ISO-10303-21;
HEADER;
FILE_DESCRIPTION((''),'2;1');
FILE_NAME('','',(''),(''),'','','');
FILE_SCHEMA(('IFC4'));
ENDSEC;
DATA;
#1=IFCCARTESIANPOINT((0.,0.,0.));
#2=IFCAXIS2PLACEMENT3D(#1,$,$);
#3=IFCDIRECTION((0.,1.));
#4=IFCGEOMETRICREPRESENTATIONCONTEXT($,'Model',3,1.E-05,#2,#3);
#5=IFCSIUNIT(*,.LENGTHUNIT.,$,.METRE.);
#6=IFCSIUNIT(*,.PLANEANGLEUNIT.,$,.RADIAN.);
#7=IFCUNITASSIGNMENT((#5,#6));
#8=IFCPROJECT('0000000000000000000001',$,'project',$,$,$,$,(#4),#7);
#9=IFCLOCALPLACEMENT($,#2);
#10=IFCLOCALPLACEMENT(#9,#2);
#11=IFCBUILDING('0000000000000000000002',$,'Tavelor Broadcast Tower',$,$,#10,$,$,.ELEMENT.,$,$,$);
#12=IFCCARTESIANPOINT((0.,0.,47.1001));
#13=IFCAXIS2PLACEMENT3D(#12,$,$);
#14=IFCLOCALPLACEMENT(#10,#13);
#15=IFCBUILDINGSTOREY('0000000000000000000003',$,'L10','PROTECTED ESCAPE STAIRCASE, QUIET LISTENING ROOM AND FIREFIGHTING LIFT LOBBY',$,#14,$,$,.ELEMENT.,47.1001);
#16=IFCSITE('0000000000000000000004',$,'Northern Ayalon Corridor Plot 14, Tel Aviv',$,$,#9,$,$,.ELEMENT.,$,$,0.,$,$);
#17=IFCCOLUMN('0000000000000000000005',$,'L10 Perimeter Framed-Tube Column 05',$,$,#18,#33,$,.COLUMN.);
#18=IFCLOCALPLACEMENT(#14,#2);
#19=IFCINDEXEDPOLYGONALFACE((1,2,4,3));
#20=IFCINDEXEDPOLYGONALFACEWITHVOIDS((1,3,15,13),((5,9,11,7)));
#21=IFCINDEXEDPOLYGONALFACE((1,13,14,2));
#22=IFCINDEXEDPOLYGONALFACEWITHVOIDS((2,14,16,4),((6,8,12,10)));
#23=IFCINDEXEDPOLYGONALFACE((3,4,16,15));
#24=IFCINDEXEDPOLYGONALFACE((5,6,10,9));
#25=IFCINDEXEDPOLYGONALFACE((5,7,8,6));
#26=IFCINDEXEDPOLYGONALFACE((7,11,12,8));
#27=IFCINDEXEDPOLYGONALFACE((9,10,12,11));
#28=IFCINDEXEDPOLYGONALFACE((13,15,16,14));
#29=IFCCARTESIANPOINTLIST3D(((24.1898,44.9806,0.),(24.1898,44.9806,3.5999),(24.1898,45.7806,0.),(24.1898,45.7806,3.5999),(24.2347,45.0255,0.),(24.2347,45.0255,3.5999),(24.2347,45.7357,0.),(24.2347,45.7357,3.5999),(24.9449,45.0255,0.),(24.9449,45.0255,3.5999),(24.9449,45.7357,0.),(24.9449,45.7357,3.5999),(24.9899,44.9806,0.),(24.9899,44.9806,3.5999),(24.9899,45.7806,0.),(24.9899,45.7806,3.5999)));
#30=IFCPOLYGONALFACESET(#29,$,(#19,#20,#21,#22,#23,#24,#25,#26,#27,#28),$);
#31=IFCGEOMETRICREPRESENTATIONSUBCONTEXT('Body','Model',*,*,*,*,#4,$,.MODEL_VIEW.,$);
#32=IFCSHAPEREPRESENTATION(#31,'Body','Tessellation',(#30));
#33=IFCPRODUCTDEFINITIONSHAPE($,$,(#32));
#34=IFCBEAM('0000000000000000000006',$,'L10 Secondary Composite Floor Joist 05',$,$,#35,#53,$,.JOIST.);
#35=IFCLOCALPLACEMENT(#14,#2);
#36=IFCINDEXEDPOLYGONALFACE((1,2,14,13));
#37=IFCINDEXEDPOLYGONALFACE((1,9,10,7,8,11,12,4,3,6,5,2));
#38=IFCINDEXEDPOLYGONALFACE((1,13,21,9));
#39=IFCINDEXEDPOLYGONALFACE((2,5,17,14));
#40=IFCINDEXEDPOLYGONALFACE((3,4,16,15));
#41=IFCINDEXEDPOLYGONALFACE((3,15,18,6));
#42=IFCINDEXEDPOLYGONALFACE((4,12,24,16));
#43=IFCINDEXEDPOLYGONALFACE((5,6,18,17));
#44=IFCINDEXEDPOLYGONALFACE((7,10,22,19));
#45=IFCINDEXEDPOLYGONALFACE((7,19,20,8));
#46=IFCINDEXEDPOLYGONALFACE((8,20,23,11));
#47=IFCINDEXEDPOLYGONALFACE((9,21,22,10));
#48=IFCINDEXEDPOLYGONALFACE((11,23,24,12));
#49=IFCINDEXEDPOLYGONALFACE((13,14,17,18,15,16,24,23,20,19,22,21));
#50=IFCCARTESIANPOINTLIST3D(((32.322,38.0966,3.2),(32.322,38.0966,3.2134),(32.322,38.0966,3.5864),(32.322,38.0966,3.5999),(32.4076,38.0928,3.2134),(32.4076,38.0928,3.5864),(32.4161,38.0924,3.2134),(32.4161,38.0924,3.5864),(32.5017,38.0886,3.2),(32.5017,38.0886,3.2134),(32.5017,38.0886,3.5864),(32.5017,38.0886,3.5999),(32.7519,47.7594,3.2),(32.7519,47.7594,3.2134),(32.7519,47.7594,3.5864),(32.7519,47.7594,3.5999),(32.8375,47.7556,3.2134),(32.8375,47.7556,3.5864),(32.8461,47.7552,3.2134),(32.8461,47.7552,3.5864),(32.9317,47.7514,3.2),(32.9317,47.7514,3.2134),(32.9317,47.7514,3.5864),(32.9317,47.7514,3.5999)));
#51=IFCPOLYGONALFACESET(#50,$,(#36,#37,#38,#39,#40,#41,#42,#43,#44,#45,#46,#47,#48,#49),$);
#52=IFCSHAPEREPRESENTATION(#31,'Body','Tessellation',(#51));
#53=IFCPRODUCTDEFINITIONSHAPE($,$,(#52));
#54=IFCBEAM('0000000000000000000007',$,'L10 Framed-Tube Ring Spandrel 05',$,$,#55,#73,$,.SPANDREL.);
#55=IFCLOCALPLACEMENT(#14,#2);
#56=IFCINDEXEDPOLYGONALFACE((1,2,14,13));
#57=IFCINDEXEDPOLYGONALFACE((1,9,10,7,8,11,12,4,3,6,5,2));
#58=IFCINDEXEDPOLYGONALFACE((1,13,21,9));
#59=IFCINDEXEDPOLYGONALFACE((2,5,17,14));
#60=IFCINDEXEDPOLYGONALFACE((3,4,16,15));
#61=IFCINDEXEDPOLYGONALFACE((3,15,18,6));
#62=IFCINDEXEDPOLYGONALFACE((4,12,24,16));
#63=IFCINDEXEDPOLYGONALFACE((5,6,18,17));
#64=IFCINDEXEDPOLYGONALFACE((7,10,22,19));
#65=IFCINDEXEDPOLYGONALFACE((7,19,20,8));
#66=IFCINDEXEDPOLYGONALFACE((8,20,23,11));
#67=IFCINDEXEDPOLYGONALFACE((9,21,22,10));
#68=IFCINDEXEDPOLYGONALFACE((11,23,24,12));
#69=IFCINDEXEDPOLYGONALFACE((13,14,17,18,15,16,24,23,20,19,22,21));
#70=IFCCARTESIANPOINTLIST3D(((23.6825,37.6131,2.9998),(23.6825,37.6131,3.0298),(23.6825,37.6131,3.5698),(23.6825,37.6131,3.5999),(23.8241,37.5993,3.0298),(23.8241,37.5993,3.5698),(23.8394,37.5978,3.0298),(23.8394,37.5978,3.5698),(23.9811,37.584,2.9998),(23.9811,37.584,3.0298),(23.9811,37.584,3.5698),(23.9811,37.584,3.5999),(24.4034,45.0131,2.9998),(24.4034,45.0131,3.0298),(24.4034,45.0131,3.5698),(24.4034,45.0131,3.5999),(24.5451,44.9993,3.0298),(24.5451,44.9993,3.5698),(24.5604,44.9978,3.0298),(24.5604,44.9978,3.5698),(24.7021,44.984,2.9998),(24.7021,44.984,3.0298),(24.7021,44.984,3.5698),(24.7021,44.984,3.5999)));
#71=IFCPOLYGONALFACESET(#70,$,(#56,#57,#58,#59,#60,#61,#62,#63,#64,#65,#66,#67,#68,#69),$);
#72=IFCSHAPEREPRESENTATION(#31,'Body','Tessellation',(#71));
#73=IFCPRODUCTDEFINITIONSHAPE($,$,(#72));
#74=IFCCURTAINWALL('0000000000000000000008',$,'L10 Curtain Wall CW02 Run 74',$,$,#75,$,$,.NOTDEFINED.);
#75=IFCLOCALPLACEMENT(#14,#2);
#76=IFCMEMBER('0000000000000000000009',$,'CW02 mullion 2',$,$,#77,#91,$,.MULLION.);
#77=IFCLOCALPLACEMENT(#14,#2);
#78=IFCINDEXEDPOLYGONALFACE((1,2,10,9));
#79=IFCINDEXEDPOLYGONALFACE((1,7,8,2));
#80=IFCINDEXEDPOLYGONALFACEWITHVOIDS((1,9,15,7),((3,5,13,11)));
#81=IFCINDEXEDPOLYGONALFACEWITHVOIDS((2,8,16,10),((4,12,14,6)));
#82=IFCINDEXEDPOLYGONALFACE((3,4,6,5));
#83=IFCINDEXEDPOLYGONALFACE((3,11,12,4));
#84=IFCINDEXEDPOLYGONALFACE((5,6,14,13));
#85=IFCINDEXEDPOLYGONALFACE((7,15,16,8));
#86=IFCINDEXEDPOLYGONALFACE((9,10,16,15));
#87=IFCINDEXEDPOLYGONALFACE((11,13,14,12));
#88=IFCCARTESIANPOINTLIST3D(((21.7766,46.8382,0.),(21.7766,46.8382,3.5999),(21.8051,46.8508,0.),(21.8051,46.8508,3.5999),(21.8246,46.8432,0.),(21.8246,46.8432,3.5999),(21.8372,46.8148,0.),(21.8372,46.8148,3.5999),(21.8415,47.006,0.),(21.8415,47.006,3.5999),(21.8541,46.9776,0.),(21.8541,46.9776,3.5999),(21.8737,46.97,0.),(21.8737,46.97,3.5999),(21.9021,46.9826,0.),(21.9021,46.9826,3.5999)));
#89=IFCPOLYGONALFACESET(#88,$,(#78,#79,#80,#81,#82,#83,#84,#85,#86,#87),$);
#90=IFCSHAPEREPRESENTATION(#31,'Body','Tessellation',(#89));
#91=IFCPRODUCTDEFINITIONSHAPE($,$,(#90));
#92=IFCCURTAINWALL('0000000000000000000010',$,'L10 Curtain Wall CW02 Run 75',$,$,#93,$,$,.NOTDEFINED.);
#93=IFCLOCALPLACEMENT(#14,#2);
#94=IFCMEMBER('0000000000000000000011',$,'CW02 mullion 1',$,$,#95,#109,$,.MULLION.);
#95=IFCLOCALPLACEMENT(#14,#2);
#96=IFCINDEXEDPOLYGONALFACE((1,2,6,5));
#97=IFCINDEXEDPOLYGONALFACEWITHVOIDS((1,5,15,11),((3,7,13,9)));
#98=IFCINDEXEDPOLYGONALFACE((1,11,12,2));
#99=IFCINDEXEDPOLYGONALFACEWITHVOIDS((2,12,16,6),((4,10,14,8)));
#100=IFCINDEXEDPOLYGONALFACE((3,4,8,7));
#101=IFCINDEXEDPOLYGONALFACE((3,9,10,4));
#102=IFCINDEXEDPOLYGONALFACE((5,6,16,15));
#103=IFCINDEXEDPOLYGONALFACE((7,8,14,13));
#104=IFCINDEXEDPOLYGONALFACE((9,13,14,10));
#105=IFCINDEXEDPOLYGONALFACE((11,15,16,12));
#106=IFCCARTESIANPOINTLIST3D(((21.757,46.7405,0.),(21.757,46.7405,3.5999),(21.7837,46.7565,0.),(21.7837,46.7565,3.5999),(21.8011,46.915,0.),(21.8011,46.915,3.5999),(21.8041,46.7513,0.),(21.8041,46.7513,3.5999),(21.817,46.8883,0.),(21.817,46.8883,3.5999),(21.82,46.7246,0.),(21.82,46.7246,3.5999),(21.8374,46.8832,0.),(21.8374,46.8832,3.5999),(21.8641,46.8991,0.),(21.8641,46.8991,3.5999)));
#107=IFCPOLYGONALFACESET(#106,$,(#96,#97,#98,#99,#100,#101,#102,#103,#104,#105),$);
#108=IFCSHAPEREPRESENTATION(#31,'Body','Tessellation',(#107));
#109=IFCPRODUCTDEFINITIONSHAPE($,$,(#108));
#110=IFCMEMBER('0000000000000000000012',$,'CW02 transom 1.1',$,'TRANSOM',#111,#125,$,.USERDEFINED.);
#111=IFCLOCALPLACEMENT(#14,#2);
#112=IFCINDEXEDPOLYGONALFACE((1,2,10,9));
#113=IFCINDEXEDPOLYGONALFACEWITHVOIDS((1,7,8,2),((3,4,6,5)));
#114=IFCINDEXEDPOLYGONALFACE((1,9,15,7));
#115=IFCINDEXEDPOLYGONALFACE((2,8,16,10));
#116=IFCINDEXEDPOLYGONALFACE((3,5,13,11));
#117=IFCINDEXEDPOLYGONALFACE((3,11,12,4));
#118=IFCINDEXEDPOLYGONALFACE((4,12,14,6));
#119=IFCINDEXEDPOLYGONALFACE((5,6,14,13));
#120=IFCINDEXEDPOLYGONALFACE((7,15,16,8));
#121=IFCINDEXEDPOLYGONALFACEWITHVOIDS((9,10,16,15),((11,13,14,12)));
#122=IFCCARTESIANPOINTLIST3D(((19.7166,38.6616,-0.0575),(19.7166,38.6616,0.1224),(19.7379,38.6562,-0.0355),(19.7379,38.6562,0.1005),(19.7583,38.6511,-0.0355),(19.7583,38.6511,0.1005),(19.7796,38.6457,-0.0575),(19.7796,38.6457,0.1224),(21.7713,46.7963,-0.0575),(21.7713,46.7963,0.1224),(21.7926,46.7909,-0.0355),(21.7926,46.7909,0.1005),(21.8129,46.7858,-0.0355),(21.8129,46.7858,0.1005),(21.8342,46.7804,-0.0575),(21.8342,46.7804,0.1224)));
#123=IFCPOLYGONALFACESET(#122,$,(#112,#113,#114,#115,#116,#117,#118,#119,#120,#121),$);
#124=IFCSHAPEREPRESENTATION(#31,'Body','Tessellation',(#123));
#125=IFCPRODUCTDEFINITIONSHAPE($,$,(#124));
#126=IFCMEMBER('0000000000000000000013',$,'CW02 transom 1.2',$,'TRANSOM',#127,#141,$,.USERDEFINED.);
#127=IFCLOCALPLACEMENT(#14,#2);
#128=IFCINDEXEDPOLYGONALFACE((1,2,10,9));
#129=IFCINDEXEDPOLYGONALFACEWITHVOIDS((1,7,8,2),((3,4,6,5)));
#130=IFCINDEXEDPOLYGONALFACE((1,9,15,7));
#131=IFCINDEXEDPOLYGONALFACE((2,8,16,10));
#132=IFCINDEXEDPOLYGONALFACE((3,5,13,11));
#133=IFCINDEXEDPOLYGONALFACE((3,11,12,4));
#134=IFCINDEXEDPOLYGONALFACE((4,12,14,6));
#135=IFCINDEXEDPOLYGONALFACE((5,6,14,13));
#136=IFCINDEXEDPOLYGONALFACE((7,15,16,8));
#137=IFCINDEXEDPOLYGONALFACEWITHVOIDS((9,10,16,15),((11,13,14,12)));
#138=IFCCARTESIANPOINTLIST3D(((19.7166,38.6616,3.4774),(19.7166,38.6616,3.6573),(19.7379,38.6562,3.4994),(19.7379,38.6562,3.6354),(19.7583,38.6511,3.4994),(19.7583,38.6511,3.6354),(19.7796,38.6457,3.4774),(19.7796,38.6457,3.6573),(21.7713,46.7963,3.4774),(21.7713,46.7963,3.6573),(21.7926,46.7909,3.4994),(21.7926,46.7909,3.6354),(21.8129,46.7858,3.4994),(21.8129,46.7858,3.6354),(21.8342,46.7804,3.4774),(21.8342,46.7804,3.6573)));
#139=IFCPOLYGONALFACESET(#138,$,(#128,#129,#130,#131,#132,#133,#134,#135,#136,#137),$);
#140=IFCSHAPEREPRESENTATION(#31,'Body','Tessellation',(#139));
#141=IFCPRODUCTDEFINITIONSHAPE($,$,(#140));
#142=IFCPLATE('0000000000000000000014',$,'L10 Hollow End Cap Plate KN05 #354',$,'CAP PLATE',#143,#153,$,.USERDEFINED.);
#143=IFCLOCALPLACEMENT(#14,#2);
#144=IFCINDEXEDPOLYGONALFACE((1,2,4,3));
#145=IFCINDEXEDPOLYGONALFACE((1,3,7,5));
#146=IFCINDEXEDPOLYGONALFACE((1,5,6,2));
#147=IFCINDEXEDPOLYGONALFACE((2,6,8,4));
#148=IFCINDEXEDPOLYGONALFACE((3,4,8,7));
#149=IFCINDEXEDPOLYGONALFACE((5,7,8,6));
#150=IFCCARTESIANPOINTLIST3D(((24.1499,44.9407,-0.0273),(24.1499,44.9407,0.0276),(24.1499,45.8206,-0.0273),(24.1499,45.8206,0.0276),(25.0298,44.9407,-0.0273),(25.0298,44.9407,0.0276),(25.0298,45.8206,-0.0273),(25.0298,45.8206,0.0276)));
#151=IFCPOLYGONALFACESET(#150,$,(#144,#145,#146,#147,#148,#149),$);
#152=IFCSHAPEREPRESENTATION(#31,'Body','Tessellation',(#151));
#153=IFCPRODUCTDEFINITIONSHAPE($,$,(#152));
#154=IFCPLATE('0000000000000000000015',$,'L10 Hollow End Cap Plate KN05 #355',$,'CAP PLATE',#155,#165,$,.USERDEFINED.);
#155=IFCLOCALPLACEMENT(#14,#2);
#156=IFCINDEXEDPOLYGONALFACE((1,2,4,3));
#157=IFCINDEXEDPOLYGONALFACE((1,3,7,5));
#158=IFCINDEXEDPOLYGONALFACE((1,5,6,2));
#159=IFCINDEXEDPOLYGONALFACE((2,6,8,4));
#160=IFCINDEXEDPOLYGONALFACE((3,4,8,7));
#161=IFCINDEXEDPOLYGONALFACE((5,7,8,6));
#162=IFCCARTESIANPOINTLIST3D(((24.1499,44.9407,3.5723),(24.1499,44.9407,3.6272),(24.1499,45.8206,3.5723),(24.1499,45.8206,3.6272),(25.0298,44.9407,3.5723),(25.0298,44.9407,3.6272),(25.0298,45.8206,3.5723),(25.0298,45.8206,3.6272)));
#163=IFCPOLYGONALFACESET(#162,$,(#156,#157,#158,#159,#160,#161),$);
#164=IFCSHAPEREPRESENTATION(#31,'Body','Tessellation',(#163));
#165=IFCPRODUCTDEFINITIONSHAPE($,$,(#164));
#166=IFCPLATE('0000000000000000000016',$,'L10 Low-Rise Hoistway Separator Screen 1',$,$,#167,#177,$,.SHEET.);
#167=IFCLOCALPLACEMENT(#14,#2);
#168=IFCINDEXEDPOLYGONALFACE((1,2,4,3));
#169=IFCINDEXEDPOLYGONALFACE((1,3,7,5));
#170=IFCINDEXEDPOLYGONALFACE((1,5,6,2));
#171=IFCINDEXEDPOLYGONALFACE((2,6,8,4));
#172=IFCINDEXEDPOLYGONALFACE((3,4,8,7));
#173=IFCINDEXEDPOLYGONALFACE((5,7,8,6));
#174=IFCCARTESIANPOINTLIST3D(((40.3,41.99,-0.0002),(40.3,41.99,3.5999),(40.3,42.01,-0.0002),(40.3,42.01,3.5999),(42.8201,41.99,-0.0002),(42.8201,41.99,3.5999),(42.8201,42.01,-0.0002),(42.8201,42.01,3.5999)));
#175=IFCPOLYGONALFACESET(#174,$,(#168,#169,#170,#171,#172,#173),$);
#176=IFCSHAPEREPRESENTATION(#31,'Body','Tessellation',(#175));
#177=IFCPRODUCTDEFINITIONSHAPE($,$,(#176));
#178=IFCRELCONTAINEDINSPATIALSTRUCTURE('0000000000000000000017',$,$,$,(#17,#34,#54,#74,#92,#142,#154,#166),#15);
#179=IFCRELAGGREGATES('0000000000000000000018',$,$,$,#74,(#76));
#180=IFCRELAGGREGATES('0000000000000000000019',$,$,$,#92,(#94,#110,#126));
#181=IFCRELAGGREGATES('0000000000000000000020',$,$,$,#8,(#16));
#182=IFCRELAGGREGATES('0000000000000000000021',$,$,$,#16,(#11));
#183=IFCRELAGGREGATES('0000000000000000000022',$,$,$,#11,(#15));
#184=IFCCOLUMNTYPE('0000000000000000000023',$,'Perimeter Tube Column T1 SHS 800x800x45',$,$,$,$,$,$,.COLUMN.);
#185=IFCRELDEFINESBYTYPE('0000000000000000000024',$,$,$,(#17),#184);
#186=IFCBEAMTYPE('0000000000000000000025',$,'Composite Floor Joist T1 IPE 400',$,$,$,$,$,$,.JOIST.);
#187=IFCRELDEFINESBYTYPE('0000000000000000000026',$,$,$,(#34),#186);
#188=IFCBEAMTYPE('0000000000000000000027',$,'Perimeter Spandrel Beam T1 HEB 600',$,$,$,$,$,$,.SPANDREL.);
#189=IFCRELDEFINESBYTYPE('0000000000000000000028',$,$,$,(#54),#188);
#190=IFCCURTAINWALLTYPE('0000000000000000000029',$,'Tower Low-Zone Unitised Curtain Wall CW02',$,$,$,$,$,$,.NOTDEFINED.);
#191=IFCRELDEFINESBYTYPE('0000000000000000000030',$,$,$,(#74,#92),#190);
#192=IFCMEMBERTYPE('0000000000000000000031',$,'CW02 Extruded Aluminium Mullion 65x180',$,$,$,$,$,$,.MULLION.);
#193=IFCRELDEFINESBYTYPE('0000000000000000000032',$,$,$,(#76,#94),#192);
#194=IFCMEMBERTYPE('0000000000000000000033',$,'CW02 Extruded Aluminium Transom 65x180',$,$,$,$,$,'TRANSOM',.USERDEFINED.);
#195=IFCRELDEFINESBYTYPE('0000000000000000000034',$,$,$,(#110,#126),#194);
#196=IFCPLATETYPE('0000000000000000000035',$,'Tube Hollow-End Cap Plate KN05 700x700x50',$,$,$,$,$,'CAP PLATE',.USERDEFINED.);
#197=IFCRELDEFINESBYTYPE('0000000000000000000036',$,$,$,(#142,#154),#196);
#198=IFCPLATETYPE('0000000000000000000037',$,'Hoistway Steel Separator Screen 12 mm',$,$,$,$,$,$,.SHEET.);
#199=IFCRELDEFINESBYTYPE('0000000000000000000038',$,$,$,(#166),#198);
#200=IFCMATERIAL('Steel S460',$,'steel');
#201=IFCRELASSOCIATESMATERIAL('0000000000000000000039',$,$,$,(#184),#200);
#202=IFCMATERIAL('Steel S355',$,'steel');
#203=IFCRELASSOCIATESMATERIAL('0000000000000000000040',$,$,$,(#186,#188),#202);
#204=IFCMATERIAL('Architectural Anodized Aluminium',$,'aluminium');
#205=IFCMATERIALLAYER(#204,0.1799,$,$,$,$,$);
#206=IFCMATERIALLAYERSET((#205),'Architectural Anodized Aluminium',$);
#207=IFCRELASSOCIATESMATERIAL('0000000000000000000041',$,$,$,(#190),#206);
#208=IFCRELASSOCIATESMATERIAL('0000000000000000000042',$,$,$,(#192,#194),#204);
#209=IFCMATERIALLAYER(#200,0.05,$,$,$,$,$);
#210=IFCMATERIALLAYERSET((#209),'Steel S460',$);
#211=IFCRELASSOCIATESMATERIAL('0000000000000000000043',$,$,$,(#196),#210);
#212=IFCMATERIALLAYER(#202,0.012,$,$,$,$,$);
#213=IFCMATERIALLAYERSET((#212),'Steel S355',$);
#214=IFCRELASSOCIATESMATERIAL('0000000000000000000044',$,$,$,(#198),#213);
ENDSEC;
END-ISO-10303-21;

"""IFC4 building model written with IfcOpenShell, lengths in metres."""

from ifc_helpers import new_model, si_unit, direction, frame, origin, origin_2d, place, context, subcontext, project, spatial, rectangle, hollow_rectangle, i_section, extrude, source, transform, mapped, material, layer, layer_set, material_profile, profile_set, type_object, type_shapes, element, aggregate, save


model = new_model("IFC4")

# Units and contexts
model_context = context("Model", 3, precision=1e-05, world=origin(), true_north=direction((0.0, 1.0)))
body_context = subcontext(model_context, "Body", "Model", "MODEL_VIEW")
ifc_project = project(units=[si_unit("LENGTHUNIT", "METRE"), si_unit("PLANEANGLEUNIT", "RADIAN")], contexts=[model_context])

# Site, building, storey
site_placement = place(None, origin())
site = spatial("IfcSite", under=ifc_project, at=site_placement, Name="Northern Ayalon Corridor Plot 14, Tel Aviv", CompositionType="ELEMENT", RefElevation=0.0)
building_placement = place(site_placement, origin())
building = spatial("IfcBuilding", under=site, at=building_placement, Name="Tavelor Broadcast Tower", CompositionType="ELEMENT")
storey_placement = place(building_placement, frame((0.0, 0.0, 47.1001)))
storey = spatial("IfcBuildingStorey", under=building, at=storey_placement, Name="L10", Description="PROTECTED ESCAPE STAIRCASE, QUIET LISTENING ROOM AND FIREFIGHTING LIFT LOBBY", CompositionType="ELEMENT", Elevation=47.1001)

# Column
ifc_material_1 = material(Name="Steel S460", Category="steel")
ifc_material_profile_1 = material_profile(ifc_material_1, hollow_rectangle(XDim=0.8, YDim=0.8, WallThickness=0.0449, at=origin_2d()), Name="SHS 800x800x45")
ifc_profile_set_1 = profile_set([ifc_material_profile_1], Name="Steel S460")
column_type = type_object("IfcColumnType", Name="Perimeter Tube Column T1 SHS 800x800x45", PredefinedType="COLUMN", material=ifc_profile_set_1)
column_placement = place(storey_placement, frame((24.5898, 45.3806, 0.0), z_axis=(0.0, 0.0, 1.0), x_axis=(1.0, 0.0, 0.0)))
element("IfcColumn", 1, at=column_placement, inside=storey, type_object=column_type, Name="L10 Perimeter Framed-Tube Column 05", PredefinedType="COLUMN", context=body_context, shape_type="SweptSolid", body=[
    extrude(hollow_rectangle(XDim=0.8, YDim=0.8, WallThickness=0.0449, at=origin_2d()), origin(), (0.0, 0.0, 1.0), 3.5999),
])

# Beams
ifc_material_2 = material(Name="Steel S355", Category="steel")
ifc_material_profile_2 = material_profile(ifc_material_2, i_section(OverallWidth=0.1799, OverallDepth=0.3999, WebThickness=0.0085, FlangeThickness=0.0134, at=origin_2d()), Name="IPE 400")
ifc_profile_set_2 = profile_set([ifc_material_profile_2], Name="Steel S355")
beam_type_1 = type_object("IfcBeamType", Name="Composite Floor Joist T1 IPE 400", PredefinedType="JOIST", material=ifc_profile_set_2)
beam_1_placement = place(storey_placement, frame((32.8418, 47.7554, 3.3999), z_axis=(-0.044449, -0.999012, 0.0), x_axis=(0.999012, -0.044449, 0.0)))
element("IfcBeam", 2, at=beam_1_placement, inside=storey, type_object=beam_type_1, Name="L10 Secondary Composite Floor Joist 05", PredefinedType="JOIST", context=body_context, shape_type="SweptSolid", body=[
    extrude(i_section(OverallWidth=0.1799, OverallDepth=0.3999, WebThickness=0.0085, FlangeThickness=0.0134, at=origin_2d()), origin(), (0.0, 0.0, 1.0), 9.6724),
])
ifc_material_profile_3 = material_profile(ifc_material_2, i_section(OverallWidth=0.3, OverallDepth=0.6001, WebThickness=0.0154, FlangeThickness=0.03, at=origin_2d()), Name="HEB 600")
ifc_profile_set_3 = profile_set([ifc_material_profile_3], Name="Steel S355")
beam_type_2 = type_object("IfcBeamType", Name="Perimeter Spandrel Beam T1 HEB 600", PredefinedType="SPANDREL", material=ifc_profile_set_3)
beam_2_placement = place(storey_placement, frame((24.5527, 44.9985, 3.2998), z_axis=(-0.096967, -0.995288, 0.0), x_axis=(0.995288, -0.096967, 0.0)))
element("IfcBeam", 3, at=beam_2_placement, inside=storey, type_object=beam_type_2, Name="L10 Framed-Tube Ring Spandrel 05", PredefinedType="SPANDREL", context=body_context, shape_type="SweptSolid", body=[
    extrude(i_section(OverallWidth=0.3, OverallDepth=0.6001, WebThickness=0.0154, FlangeThickness=0.03, at=origin_2d()), origin(), (0.0, 0.0, 1.0), 7.4351),
])

# Curtain wall, member
ifc_material_3 = material(Name="Architectural Anodized Aluminium", Category="aluminium")
ifc_layer_1 = layer(ifc_material_3, 0.1799)
ifc_layer_set_1 = layer_set([ifc_layer_1], Name="Architectural Anodized Aluminium")
curtain_wall_type = type_object("IfcCurtainWallType", Name="Tower Low-Zone Unitised Curtain Wall CW02", PredefinedType="NOTDEFINED", material=ifc_layer_set_1)
curtain_wall_1_placement = place(storey_placement, origin())
curtain_wall_1 = element("IfcCurtainWall", 4, at=curtain_wall_1_placement, inside=storey, type_object=curtain_wall_type, Name="L10 Curtain Wall CW02 Run 74", PredefinedType="NOTDEFINED")
ifc_material_profile_4 = material_profile(ifc_material_3, hollow_rectangle(XDim=0.0649, YDim=0.1799, WallThickness=0.022, at=origin_2d()), Name="RHS 65x180x22")
ifc_profile_set_4 = profile_set([ifc_material_profile_4], Name="Architectural Anodized Aluminium")
member_type_1 = type_object("IfcMemberType", Name="CW02 Extruded Aluminium Mullion 65x180", PredefinedType="MULLION", material=ifc_profile_set_4)
shared_shape_1 = source(origin(), body_context, "Body", "SweptSolid", [
    extrude(hollow_rectangle(XDim=0.0649, YDim=0.1799, WallThickness=0.022, at=origin_2d()), origin(), (0.0, 0.0, 1.0), 3.5999),
])
type_shapes(member_type_1, [shared_shape_1])
member_1_placement = place(storey_placement, frame((21.8394, 46.9104, 0.0), z_axis=(0.0, 0.0, 1.0), x_axis=(0.932798, -0.360399, 0.0)))
member_1 = element("IfcMember", 5, at=member_1_placement, type_object=member_type_1, Name="CW02 mullion 2", PredefinedType="MULLION", context=body_context, shape_type="MappedRepresentation", body=[
    mapped(shared_shape_1, transform((0.0, 0.0, 0.0), scale=1.0)),
])

# Curtain wall, members
curtain_wall_2_placement = place(storey_placement, origin())
curtain_wall_2 = element("IfcCurtainWall", 6, at=curtain_wall_2_placement, inside=storey, type_object=curtain_wall_type, Name="L10 Curtain Wall CW02 Run 75", PredefinedType="NOTDEFINED")
member_2_placement = place(storey_placement, frame((21.8105, 46.8198, 0.0), z_axis=(0.0, 0.0, 1.0), x_axis=(0.969555, -0.244874, 0.0)))
member_2 = element("IfcMember", 7, at=member_2_placement, type_object=member_type_1, Name="CW02 mullion 1", PredefinedType="MULLION", context=body_context, shape_type="MappedRepresentation", body=[
    mapped(shared_shape_1, transform((0.0, 0.0, 0.0), scale=1.0)),
])
ifc_material_profile_5 = material_profile(ifc_material_3, hollow_rectangle(XDim=0.0649, YDim=0.1799, WallThickness=0.022, at=origin_2d()), Name="RHS 65x180x22")
ifc_profile_set_5 = profile_set([ifc_material_profile_5], Name="Architectural Anodized Aluminium")
member_type_2 = type_object("IfcMemberType", Name="CW02 Extruded Aluminium Transom 65x180", ElementType="TRANSOM", PredefinedType="USERDEFINED", material=ifc_profile_set_5)
shared_shape_2 = source(origin(), body_context, "Body", "SweptSolid", [
    extrude(hollow_rectangle(XDim=0.0649, YDim=0.1799, WallThickness=0.022, at=origin_2d()), origin(), (0.0, 0.0, 1.0), 8.3901),
])
type_shapes(member_type_2, [shared_shape_2])
member_3_placement = place(storey_placement, frame((21.8027, 46.7883, 0.0325), z_axis=(-0.24489, -0.969551, 0.0), x_axis=(0.969551, -0.24489, 0.0)))
member_3 = element("IfcMember", 8, at=member_3_placement, type_object=member_type_2, Name="CW02 transom 1.1", ObjectType="TRANSOM", PredefinedType="USERDEFINED", context=body_context, shape_type="MappedRepresentation", body=[
    mapped(shared_shape_2, transform((0.0, 0.0, 0.0), scale=1.0)),
])
member_4_placement = place(storey_placement, frame((21.8027, 46.7883, 3.5674), z_axis=(-0.24489, -0.969551, 0.0), x_axis=(0.969551, -0.24489, 0.0)))
member_4 = element("IfcMember", 9, at=member_4_placement, type_object=member_type_2, Name="CW02 transom 1.2", ObjectType="TRANSOM", PredefinedType="USERDEFINED", context=body_context, shape_type="MappedRepresentation", body=[
    mapped(shared_shape_2, transform((0.0, 0.0, 0.0), scale=1.0)),
])

# Plates
ifc_layer_2 = layer(ifc_material_1, 0.05)
ifc_layer_set_2 = layer_set([ifc_layer_2], Name="Steel S460")
plate_type_1 = type_object("IfcPlateType", Name="Tube Hollow-End Cap Plate KN05 700x700x50", ElementType="CAP PLATE", PredefinedType="USERDEFINED", material=ifc_layer_set_2)
shared_shape_3 = source(origin(), body_context, "Body", "SweptSolid", [
    extrude(rectangle(XDim=0.8799, YDim=0.8799, at=origin_2d()), origin(), (0.0, 0.0, 1.0), 0.0549),
])
type_shapes(plate_type_1, [shared_shape_3])
for number, where, z_axis, x_axis, name in (
    (10, (24.5898, 45.3806, -0.0273), (0.0, 0.0, 1.0), (1.0, 0.0, 0.0), "L10 Hollow End Cap Plate KN05 #354"),
    (11, (24.5898, 45.3806, 3.5723), (0.0, 0.0, 1.0), (1.0, 0.0, 0.0), "L10 Hollow End Cap Plate KN05 #355"),
):
    element("IfcPlate", number, at=place(storey_placement, frame(where, z_axis=z_axis, x_axis=x_axis)), inside=storey, type_object=plate_type_1, Name=name, ObjectType="CAP PLATE", PredefinedType="USERDEFINED", context=body_context, shape_type="MappedRepresentation", body=[
        mapped(shared_shape_3, transform((0.0, 0.0, 0.0), scale=1.0)),
    ])
ifc_layer_3 = layer(ifc_material_2, 0.012)
ifc_layer_set_3 = layer_set([ifc_layer_3], Name="Steel S355")
plate_type_2 = type_object("IfcPlateType", Name="Hoistway Steel Separator Screen 12 mm", PredefinedType="SHEET", material=ifc_layer_set_3)
shared_shape_4 = source(origin(), body_context, "Body", "SweptSolid", [
    extrude(rectangle(XDim=2.52, YDim=0.02, at=origin_2d()), origin(), (0.0, 0.0, 1.0), 3.6001),
])
type_shapes(plate_type_2, [shared_shape_4])
for number, where, z_axis, x_axis, name in (
    (12, (41.5601, 42.0, -0.0002), (0.0, 0.0, 1.0), (1.0, 0.0, 0.0), "L10 Low-Rise Hoistway Separator Screen 1"),
):
    element("IfcPlate", number, at=place(storey_placement, frame(where, z_axis=z_axis, x_axis=x_axis)), inside=storey, type_object=plate_type_2, Name=name, PredefinedType="SHEET", context=body_context, shape_type="MappedRepresentation", body=[
        mapped(shared_shape_4, transform((0.0, 0.0, 0.0), scale=1.0)),
    ])

aggregate(curtain_wall_1, [member_1])
aggregate(curtain_wall_2, [member_2, member_3, member_4])

save(model, "model.ifc")
